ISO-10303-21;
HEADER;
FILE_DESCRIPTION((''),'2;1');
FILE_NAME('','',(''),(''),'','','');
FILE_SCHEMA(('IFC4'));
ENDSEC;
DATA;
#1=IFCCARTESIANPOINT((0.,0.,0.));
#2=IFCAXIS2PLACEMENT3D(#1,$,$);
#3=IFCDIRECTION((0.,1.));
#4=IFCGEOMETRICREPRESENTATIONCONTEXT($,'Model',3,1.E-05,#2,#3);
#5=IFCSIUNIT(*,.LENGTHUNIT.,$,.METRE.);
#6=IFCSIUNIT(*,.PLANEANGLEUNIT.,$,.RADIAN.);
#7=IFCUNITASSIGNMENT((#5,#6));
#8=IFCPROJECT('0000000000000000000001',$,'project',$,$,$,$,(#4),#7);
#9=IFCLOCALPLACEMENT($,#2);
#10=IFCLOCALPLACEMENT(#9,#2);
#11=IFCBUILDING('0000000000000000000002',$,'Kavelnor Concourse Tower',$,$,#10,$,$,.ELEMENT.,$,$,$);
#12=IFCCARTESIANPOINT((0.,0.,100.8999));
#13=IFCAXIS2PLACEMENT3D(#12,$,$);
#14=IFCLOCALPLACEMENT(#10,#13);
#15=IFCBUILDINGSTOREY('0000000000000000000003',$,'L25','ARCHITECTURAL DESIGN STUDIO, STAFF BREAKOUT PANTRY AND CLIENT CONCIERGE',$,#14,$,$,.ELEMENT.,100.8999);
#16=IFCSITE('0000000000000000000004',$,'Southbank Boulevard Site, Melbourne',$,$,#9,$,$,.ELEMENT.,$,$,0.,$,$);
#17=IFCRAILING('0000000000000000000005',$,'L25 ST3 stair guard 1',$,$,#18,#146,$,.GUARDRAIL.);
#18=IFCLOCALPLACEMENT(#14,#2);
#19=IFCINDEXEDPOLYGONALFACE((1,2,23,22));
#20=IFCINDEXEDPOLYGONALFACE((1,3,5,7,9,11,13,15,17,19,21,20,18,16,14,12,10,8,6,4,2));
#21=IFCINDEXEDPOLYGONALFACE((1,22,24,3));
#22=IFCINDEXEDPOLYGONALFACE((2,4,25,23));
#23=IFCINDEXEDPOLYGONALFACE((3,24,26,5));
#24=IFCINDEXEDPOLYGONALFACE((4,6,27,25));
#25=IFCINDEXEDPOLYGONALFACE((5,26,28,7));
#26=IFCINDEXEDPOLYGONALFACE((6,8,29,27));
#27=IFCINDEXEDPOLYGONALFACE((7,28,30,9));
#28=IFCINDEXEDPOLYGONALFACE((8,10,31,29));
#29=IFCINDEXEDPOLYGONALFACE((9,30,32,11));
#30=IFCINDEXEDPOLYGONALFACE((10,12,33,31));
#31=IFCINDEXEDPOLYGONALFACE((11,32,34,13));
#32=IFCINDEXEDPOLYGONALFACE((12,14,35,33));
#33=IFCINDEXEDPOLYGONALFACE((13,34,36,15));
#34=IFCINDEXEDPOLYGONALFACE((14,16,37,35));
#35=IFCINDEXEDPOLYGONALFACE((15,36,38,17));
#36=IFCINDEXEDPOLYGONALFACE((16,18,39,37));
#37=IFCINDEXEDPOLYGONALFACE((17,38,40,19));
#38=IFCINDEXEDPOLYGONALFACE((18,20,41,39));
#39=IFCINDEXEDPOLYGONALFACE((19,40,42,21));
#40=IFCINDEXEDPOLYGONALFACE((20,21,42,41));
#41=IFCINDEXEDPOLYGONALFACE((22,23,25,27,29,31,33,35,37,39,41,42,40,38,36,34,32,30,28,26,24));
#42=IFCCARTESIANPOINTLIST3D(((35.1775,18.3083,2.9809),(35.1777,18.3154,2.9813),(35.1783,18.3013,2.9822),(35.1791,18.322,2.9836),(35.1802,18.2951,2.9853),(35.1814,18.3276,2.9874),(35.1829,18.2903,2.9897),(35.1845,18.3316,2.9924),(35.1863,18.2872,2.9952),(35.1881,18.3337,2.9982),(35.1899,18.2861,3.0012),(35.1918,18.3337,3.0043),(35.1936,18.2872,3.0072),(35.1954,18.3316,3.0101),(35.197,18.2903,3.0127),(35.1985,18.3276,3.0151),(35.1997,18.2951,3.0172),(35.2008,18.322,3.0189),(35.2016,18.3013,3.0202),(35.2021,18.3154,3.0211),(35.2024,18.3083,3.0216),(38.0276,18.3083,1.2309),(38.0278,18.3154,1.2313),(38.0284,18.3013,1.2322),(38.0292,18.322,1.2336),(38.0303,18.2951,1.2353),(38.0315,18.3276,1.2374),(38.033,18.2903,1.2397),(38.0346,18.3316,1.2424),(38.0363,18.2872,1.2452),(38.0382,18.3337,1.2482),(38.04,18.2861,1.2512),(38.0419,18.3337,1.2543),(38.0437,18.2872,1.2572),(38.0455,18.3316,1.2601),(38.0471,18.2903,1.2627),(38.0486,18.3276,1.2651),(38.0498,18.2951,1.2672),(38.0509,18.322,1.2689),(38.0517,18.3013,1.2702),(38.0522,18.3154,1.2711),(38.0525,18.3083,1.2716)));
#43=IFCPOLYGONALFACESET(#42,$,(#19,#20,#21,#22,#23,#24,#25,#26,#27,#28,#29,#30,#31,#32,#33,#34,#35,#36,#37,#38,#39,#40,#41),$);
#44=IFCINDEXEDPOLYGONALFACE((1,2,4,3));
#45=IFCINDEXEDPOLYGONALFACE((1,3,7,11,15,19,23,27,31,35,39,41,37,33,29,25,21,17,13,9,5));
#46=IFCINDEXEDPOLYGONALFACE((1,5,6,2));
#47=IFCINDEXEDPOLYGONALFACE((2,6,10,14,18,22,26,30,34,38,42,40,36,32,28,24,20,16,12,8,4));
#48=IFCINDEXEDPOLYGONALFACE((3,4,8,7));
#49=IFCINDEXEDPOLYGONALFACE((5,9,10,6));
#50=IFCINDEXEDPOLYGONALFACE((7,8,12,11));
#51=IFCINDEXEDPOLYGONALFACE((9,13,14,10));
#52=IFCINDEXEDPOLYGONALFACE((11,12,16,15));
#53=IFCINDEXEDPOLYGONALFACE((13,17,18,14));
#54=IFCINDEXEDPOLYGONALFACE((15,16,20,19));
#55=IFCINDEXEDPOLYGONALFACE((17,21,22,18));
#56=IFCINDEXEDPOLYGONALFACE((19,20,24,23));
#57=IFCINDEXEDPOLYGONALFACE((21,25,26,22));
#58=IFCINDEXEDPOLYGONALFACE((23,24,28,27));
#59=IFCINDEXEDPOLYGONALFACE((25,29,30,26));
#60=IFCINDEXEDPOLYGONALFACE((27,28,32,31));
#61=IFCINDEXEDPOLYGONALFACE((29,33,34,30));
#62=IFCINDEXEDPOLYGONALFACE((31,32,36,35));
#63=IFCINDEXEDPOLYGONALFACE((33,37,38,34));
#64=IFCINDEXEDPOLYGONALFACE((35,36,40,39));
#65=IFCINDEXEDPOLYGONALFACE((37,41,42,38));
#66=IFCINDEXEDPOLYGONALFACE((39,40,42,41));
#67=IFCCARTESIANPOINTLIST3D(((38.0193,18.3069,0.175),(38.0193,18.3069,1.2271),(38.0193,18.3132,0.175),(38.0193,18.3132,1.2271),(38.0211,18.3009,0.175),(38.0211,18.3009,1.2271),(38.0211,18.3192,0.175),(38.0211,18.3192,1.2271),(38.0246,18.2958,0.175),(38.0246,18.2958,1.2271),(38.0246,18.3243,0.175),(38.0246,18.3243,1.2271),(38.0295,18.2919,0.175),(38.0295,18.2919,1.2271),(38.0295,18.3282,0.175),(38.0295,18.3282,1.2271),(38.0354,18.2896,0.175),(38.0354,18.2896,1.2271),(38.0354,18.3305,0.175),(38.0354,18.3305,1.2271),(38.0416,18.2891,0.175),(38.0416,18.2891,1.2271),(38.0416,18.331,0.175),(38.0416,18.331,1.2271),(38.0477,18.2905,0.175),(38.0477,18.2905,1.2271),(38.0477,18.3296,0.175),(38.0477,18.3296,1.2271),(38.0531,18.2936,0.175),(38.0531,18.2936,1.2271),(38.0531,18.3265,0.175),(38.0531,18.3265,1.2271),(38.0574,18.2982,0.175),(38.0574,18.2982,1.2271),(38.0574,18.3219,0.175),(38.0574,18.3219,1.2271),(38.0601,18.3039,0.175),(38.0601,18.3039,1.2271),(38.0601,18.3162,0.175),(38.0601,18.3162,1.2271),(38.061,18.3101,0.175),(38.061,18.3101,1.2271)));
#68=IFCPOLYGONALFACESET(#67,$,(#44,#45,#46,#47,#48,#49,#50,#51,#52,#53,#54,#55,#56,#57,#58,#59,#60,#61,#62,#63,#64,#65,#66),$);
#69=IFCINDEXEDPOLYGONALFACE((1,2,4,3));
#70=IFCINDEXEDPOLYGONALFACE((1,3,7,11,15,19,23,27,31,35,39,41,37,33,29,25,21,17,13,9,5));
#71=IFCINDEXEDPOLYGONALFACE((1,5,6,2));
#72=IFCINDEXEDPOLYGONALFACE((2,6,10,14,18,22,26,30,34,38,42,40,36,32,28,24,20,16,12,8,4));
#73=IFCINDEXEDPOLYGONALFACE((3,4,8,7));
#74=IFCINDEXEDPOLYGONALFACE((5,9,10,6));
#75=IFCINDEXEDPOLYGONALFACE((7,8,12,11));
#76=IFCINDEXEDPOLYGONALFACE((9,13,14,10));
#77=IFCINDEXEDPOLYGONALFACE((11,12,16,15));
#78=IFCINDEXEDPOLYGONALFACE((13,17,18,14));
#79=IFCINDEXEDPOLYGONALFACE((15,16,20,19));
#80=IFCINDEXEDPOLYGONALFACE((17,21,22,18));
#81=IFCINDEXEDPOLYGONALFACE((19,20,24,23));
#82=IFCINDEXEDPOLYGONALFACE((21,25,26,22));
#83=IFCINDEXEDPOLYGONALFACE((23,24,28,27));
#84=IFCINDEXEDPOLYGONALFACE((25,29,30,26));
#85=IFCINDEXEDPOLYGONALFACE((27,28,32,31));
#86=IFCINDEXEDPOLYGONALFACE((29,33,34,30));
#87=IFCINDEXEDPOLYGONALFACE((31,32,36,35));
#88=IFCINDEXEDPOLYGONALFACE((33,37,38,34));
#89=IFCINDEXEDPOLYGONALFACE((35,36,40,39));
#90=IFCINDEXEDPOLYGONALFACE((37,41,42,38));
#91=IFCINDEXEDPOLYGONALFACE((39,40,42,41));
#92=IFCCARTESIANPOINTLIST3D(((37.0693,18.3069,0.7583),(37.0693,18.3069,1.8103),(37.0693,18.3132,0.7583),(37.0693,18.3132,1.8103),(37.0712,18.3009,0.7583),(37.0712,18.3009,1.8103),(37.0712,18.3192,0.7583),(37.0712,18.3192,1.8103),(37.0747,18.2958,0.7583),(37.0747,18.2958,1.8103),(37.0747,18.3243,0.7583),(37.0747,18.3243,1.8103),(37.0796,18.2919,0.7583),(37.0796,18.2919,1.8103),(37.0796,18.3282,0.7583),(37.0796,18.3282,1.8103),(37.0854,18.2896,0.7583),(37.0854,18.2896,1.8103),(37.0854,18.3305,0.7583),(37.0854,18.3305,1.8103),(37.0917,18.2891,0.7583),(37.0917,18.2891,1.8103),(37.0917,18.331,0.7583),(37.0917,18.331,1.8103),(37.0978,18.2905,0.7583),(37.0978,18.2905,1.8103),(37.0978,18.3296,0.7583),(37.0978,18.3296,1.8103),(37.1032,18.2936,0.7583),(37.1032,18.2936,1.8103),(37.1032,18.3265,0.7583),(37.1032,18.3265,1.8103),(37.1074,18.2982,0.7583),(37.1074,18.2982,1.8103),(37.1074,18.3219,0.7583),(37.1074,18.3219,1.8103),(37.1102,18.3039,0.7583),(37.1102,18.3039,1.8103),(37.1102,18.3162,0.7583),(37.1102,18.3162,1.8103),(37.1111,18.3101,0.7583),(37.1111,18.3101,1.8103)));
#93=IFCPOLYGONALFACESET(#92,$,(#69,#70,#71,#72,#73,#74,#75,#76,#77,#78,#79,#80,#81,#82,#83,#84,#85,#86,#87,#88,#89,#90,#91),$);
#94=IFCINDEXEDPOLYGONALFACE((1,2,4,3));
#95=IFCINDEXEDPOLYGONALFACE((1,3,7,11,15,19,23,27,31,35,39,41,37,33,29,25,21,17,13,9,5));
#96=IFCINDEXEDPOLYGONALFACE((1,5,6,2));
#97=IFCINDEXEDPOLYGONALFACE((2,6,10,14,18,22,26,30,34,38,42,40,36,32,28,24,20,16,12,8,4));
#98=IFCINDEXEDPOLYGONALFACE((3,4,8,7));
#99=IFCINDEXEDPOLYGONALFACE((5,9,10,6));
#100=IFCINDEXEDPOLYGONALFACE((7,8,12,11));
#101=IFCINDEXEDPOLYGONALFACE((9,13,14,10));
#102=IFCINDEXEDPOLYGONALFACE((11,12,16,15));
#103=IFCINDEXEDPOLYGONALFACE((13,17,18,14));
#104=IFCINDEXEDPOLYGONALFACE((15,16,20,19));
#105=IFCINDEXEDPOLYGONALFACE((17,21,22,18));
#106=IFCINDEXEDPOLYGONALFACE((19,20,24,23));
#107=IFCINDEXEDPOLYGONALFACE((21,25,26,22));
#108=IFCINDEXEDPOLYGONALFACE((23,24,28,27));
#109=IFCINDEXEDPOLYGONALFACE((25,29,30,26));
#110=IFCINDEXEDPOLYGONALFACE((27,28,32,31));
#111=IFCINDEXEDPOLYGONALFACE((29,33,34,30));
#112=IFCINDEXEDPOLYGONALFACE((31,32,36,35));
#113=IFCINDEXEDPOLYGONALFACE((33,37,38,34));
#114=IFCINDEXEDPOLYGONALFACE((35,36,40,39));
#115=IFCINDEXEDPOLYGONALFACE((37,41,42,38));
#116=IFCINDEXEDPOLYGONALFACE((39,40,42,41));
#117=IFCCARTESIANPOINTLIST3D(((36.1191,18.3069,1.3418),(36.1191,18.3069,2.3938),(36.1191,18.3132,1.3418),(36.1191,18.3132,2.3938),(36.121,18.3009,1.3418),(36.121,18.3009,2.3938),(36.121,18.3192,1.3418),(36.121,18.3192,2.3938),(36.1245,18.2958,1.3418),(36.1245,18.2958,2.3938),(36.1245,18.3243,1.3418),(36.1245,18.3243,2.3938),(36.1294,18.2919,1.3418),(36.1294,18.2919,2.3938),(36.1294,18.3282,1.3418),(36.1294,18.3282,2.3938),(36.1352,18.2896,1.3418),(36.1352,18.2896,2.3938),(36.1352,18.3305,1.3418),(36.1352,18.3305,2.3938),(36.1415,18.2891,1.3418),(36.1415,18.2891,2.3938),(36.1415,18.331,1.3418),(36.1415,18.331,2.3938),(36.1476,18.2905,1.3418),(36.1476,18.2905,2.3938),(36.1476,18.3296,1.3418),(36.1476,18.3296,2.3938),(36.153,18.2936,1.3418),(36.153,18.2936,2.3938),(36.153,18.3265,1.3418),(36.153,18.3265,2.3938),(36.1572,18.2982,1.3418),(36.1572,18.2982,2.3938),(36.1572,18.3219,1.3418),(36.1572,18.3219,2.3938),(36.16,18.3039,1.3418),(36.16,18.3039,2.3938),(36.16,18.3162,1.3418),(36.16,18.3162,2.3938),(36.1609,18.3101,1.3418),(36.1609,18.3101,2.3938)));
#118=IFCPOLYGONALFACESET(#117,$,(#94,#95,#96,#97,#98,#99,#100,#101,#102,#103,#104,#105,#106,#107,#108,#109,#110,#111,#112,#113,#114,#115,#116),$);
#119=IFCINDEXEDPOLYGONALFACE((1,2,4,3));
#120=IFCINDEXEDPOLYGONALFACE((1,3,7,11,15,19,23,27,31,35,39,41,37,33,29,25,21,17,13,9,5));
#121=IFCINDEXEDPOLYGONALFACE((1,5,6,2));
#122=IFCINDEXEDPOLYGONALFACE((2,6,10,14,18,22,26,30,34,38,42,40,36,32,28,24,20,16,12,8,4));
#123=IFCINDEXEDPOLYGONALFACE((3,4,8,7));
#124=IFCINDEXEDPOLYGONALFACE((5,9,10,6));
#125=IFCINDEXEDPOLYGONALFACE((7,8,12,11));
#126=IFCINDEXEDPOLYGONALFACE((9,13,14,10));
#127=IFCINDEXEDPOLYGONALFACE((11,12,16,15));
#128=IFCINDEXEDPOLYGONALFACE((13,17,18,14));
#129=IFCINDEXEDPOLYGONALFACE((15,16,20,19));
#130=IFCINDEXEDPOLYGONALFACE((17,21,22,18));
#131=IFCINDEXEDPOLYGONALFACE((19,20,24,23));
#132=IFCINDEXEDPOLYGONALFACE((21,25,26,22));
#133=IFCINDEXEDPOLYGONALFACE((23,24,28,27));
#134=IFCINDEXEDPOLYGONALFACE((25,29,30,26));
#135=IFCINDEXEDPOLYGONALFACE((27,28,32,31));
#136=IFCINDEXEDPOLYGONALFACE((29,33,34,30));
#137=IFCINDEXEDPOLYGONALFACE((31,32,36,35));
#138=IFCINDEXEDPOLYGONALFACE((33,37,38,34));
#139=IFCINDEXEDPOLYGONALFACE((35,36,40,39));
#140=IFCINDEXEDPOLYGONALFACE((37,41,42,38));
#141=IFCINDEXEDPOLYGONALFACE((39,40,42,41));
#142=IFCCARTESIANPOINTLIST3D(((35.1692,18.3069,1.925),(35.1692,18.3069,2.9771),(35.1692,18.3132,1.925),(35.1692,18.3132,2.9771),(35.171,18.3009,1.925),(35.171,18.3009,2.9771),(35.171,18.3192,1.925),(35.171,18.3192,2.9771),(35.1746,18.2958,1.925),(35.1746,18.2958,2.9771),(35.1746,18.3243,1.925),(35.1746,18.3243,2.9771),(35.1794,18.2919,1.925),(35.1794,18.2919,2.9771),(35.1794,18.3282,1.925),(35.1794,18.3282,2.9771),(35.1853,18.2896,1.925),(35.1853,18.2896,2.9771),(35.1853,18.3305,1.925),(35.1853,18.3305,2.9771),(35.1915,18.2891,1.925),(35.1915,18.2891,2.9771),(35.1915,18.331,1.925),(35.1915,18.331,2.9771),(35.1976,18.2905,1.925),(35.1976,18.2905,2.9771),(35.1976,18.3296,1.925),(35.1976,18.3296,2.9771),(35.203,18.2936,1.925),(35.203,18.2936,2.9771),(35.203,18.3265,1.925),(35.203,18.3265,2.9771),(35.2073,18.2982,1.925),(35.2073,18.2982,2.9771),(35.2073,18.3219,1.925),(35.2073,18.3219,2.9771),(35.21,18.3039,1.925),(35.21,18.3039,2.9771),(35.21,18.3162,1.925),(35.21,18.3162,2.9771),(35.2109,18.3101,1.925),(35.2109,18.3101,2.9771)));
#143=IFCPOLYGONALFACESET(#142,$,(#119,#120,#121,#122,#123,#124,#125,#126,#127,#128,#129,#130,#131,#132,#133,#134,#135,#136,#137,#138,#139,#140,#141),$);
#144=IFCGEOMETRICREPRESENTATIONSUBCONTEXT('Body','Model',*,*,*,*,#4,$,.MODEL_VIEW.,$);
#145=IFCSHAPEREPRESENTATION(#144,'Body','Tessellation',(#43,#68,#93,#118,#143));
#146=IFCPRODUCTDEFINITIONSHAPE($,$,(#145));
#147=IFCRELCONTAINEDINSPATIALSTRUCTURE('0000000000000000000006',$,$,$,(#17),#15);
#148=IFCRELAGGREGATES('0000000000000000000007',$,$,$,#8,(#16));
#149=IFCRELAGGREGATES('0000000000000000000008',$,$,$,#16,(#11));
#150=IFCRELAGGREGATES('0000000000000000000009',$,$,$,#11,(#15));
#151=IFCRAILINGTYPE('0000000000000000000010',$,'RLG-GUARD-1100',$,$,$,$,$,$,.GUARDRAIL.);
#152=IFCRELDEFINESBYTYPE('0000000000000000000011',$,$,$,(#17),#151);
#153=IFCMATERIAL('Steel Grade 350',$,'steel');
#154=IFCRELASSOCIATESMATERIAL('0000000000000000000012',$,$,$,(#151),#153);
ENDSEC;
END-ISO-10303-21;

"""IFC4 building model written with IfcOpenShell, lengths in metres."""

from ifc_helpers import new_model, si_unit, direction, frame, origin, origin_2d, place, context, subcontext, project, spatial, circle, extrude, material, type_object, element, save


model = new_model("IFC4")

# Units and contexts
model_context = context("Model", 3, precision=1e-05, world=origin(), true_north=direction((0.0, 1.0)))
body_context = subcontext(model_context, "Body", "Model", "MODEL_VIEW")
ifc_project = project(units=[si_unit("LENGTHUNIT", "METRE"), si_unit("PLANEANGLEUNIT", "RADIAN")], contexts=[model_context])

# Site, building, storey
site_placement = place(None, origin())
site = spatial("IfcSite", under=ifc_project, at=site_placement, Name="Southbank Boulevard Site, Melbourne", CompositionType="ELEMENT", RefElevation=0.0)
building_placement = place(site_placement, origin())
building = spatial("IfcBuilding", under=site, at=building_placement, Name="Kavelnor Concourse Tower", CompositionType="ELEMENT")
storey_placement = place(building_placement, frame((0.0, 0.0, 100.8999)))
storey = spatial("IfcBuildingStorey", under=building, at=storey_placement, Name="L25", Description="ARCHITECTURAL DESIGN STUDIO, STAFF BREAKOUT PANTRY AND CLIENT CONCIERGE", CompositionType="ELEMENT", Elevation=100.8999)

# Shared definitions
ifc_material_1 = material(Name="Steel Grade 350", Category="steel")

# Railing
railing_type_1 = type_object("IfcRailingType", Name="RLG-GUARD-1100", PredefinedType="GUARDRAIL", material=ifc_material_1)
railing_1_placement = place(storey_placement, frame((38.04, 18.3101, 0.175)))
element("IfcRailing", 1, at=railing_1_placement, inside=storey, type_object=railing_type_1, Name="L25 ST3 stair guard 1", PredefinedType="GUARDRAIL", context=body_context, shape_type="SweptSolid", body=[
    extrude(circle(Radius=0.0239, at=origin_2d()), frame((0.0, 0.0, 1.0762), z_axis=(-0.852179, 0.0, 0.52325), x_axis=(0.0, -1.0, 0.0)), (0.0, 0.0, 1.0), 3.3445),
    extrude(circle(Radius=0.021, at=origin_2d()), origin(), (0.0, 0.0, 1.0), 1.052),
    extrude(circle(Radius=0.021, at=origin_2d()), frame((-0.95, 0.0, 0.5833)), (0.0, 0.0, 1.0), 1.052),
    extrude(circle(Radius=0.021, at=origin_2d()), frame((-1.9001, 0.0, 1.1667)), (0.0, 0.0, 1.0), 1.052),
    extrude(circle(Radius=0.021, at=origin_2d()), frame((-2.8501, 0.0, 1.75)), (0.0, 0.0, 1.0), 1.052),
])

save(model, "model.ifc")
